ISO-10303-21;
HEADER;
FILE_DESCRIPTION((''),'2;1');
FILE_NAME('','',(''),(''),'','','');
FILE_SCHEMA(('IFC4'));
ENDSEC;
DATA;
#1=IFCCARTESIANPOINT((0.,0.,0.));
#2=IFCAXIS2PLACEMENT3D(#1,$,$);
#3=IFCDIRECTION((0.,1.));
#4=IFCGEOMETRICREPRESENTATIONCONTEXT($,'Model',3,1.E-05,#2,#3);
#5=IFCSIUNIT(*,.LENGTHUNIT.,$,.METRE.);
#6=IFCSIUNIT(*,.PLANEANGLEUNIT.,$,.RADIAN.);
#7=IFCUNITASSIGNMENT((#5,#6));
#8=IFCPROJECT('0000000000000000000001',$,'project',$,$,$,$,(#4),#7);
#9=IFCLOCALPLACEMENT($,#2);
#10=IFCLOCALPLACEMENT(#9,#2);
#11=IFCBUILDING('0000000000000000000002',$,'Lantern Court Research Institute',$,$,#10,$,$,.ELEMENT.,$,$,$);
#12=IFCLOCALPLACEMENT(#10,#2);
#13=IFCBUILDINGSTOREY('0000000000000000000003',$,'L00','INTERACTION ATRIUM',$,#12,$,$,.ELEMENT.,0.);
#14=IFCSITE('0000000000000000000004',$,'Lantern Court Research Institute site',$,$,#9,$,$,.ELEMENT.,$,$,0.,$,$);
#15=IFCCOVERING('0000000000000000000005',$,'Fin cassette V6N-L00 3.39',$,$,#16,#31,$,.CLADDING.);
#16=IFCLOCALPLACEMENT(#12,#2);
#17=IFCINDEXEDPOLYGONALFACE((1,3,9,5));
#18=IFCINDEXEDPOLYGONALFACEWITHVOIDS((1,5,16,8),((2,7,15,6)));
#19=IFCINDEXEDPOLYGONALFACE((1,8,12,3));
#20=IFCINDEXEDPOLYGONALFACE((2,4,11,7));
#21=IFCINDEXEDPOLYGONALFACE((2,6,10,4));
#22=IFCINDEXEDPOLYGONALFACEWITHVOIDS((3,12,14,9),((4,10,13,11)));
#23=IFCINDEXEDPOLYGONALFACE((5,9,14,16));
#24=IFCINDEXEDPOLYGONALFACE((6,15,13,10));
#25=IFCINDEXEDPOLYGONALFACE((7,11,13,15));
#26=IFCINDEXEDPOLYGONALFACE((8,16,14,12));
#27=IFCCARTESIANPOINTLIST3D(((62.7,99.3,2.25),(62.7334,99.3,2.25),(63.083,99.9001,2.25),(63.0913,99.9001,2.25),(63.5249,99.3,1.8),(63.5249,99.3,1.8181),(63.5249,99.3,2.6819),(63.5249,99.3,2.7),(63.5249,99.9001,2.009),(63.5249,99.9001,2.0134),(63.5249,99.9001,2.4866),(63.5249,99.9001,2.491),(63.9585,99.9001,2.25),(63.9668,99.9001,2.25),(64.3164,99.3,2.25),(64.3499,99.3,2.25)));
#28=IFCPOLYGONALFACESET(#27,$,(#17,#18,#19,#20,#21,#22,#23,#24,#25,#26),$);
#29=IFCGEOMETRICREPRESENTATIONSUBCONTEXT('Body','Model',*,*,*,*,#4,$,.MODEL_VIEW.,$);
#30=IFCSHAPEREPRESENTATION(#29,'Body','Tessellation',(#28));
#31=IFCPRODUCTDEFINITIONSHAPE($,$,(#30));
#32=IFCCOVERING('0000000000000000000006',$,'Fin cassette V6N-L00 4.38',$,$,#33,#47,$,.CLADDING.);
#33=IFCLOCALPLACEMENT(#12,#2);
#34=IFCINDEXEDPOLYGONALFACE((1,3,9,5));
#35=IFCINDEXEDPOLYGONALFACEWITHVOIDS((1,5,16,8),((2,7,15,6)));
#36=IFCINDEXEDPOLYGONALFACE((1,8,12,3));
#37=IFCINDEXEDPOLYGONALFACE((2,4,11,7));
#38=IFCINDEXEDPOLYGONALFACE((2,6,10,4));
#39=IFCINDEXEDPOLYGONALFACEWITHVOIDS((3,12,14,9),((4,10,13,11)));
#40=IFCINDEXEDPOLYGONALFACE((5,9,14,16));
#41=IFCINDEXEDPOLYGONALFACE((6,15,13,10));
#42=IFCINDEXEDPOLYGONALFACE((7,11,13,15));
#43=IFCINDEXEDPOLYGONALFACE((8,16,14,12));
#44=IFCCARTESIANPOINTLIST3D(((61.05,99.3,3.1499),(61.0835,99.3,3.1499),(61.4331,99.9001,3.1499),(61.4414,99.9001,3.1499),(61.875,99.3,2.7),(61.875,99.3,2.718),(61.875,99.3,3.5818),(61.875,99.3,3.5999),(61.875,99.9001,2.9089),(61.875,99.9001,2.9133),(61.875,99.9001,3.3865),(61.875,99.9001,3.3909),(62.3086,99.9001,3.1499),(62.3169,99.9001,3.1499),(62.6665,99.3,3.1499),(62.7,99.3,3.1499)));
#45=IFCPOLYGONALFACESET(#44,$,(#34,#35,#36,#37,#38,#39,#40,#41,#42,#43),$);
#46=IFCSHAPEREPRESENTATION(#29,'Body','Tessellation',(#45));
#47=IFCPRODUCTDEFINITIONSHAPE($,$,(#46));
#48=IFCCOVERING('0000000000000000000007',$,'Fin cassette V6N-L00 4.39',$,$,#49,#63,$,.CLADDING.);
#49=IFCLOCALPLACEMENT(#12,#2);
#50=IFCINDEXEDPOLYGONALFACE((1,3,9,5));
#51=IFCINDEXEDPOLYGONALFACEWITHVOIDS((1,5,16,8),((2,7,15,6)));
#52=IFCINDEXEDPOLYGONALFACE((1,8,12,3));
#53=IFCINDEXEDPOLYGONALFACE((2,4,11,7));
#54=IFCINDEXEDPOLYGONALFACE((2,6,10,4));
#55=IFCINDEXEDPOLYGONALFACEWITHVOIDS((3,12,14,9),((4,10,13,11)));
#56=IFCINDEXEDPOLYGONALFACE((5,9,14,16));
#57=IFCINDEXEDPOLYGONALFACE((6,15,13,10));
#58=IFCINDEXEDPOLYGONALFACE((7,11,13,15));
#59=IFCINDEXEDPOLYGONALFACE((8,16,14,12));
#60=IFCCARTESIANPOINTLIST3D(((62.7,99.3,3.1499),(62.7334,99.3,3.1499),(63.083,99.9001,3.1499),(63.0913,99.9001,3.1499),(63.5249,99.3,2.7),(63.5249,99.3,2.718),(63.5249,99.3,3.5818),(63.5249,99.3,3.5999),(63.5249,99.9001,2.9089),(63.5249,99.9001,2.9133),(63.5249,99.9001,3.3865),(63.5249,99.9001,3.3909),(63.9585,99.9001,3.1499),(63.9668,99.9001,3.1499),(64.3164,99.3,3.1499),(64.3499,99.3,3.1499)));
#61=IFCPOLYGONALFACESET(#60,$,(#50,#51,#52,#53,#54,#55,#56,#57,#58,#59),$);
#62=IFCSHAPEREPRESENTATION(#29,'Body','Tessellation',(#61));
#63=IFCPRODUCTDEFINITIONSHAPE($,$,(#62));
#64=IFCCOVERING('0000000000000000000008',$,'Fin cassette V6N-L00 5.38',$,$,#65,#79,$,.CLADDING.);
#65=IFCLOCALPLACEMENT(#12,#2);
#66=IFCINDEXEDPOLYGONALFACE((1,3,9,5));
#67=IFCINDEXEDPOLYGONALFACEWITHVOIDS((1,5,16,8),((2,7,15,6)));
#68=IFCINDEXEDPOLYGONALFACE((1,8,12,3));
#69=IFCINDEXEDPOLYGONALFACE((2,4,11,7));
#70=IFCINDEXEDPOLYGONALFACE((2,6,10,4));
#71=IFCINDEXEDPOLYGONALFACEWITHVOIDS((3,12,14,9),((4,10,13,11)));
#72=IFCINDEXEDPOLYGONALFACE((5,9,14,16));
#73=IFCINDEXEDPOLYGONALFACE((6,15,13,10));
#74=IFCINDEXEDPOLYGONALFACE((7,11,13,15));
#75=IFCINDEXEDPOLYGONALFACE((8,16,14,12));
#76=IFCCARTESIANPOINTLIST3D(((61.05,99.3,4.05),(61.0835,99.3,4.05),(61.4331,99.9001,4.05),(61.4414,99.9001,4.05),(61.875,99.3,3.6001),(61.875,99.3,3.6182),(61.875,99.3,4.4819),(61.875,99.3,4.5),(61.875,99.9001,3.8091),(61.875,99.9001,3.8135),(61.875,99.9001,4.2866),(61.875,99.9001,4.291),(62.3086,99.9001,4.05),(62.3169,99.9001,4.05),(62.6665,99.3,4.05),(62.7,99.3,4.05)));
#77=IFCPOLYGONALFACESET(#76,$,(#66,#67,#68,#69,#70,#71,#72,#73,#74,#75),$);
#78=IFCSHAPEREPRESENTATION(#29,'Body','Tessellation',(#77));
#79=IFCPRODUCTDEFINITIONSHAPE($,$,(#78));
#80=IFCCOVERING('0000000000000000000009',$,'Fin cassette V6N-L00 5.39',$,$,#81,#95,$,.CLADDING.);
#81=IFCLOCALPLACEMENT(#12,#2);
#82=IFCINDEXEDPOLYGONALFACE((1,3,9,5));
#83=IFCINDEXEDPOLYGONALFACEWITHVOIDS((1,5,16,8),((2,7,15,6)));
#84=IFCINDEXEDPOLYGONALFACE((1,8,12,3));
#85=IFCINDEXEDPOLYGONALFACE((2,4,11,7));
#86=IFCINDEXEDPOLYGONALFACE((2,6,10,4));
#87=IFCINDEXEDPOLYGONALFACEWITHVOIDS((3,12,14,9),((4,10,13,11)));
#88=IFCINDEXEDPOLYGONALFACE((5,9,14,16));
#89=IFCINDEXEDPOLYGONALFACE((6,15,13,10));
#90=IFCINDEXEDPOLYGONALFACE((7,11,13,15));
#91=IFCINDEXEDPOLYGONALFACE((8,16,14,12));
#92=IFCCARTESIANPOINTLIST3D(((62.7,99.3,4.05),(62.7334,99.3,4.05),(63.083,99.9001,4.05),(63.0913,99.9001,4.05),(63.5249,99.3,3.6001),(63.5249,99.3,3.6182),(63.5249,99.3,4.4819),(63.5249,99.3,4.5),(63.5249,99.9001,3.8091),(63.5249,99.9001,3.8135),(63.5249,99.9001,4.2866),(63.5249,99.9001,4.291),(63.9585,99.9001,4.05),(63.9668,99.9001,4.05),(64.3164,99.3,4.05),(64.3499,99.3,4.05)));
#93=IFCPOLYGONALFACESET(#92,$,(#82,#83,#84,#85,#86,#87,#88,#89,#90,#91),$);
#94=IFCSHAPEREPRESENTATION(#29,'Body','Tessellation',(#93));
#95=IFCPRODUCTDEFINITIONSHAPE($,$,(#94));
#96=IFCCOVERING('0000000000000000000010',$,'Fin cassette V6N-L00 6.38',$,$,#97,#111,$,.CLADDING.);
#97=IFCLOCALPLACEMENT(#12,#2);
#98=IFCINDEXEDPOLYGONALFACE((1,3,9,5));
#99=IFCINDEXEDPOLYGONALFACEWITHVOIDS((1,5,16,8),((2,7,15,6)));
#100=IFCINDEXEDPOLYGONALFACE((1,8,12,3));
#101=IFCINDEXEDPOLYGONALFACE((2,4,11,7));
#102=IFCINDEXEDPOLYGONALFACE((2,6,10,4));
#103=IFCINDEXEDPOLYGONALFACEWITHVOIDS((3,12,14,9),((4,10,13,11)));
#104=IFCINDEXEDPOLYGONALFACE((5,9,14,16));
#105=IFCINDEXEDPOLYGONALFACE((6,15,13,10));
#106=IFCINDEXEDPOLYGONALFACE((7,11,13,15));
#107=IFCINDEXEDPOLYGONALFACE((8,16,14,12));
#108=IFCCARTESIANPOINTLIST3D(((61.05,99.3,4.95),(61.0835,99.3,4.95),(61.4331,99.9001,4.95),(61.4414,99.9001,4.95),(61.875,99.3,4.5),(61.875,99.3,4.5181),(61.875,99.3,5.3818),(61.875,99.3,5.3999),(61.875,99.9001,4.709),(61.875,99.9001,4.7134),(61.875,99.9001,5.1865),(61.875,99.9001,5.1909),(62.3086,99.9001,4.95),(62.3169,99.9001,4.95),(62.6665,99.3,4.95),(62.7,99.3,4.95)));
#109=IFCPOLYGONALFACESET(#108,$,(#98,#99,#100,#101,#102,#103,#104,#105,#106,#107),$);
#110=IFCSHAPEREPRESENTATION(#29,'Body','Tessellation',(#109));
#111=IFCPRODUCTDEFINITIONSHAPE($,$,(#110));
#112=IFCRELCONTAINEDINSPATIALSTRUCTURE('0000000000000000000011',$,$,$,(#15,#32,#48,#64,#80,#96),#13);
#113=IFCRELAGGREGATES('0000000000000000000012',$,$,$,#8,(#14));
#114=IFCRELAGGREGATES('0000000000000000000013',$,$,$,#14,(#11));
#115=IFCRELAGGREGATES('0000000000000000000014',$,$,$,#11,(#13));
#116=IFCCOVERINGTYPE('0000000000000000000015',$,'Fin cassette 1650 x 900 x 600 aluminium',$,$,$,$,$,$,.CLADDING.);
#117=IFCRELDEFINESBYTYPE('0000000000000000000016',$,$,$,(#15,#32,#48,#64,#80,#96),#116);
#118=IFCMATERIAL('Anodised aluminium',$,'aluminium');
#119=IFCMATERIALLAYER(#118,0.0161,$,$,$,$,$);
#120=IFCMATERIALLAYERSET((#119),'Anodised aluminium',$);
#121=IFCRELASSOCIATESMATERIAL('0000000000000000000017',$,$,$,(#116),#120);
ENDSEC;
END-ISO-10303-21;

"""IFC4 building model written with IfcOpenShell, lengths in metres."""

from ifc_helpers import new_model, entity, si_unit, direction, frame, origin, place, context, subcontext, project, spatial, material, layer, layer_set, type_object, element, save


model = new_model("IFC4")

# Units and contexts
model_context = context("Model", 3, precision=1e-05, world=origin(), true_north=direction((0.0, 1.0)))
body_context = subcontext(model_context, "Body", "Model", "MODEL_VIEW")
ifc_project = project(units=[si_unit("LENGTHUNIT", "METRE"), si_unit("PLANEANGLEUNIT", "RADIAN")], contexts=[model_context])

# Site, building, storey
site_placement = place(None, origin())
site = spatial("IfcSite", under=ifc_project, at=site_placement, Name="Lantern Court Research Institute site", CompositionType="ELEMENT", RefElevation=0.0)
building_placement = place(site_placement, origin())
building = spatial("IfcBuilding", under=site, at=building_placement, Name="Lantern Court Research Institute", CompositionType="ELEMENT")
storey_placement = place(building_placement, origin())
storey = spatial("IfcBuildingStorey", under=building, at=storey_placement, Name="L00", Description="INTERACTION ATRIUM", CompositionType="ELEMENT", Elevation=0.0)

# Coverings
ifc_material_1 = material(Name="Anodised aluminium", Category="aluminium")
ifc_layer_1 = layer(ifc_material_1, 0.0161)
ifc_layer_set_1 = layer_set([ifc_layer_1], Name="Anodised aluminium")
covering_type_1 = type_object("IfcCoveringType", Name="Fin cassette 1650 x 900 x 600 aluminium", PredefinedType="CLADDING", material=ifc_layer_set_1)
covering_1_placement = place(storey_placement, frame((63.5249, 99.3, 2.25), z_axis=(0.0, 1.0, 0.0), x_axis=(-1.0, 0.0, 0.0)))
cartesian_point_1 = entity("IfcCartesianPoint", [0.825, 0.0])
cartesian_point_2 = entity("IfcCartesianPoint", [0.7915, 0.0])
cartesian_point_3 = entity("IfcCartesianPoint", [0.4419, 0.0])
cartesian_point_4 = entity("IfcCartesianPoint", [0.4336, 0.0])
element("IfcCovering", 1, at=covering_1_placement, inside=storey, type_object=covering_type_1, Name="Fin cassette V6N-L00 3.39", PredefinedType="CLADDING", context=body_context, shape_type="SweptSolid", body=[
    entity("IfcExtrudedAreaSolidTapered", entity("IfcArbitraryProfileDefWithVoids", "AREA", None, entity("IfcPolyline", [cartesian_point_1, entity("IfcCartesianPoint", [0.0, 0.45]), entity("IfcCartesianPoint", [-0.825, 0.0]), entity("IfcCartesianPoint", [0.0, -0.45]), cartesian_point_1]), [entity("IfcPolyline", [cartesian_point_2, entity("IfcCartesianPoint", [0.0, 0.4319]), entity("IfcCartesianPoint", [-0.7915, 0.0]), entity("IfcCartesianPoint", [0.0, -0.4319]), cartesian_point_2])]), entity("IfcAxis2Placement3D", entity("IfcCartesianPoint", [0.0, 0.0, 0.0])), entity("IfcDirection", [0.0, 0.0, 1.0]), 0.6001, entity("IfcArbitraryProfileDefWithVoids", "AREA", None, entity("IfcPolyline", [cartesian_point_3, entity("IfcCartesianPoint", [0.0, 0.241]), entity("IfcCartesianPoint", [-0.4419, 0.0]), entity("IfcCartesianPoint", [0.0, -0.241]), cartesian_point_3]), [entity("IfcPolyline", [cartesian_point_4, entity("IfcCartesianPoint", [0.0, 0.2366]), entity("IfcCartesianPoint", [-0.4336, 0.0]), entity("IfcCartesianPoint", [0.0, -0.2366]), cartesian_point_4])])),
])
covering_2_placement = place(storey_placement, frame((61.875, 99.3, 3.1499), z_axis=(0.0, 1.0, 0.0), x_axis=(-1.0, 0.0, 0.0)))
cartesian_point_5 = entity("IfcCartesianPoint", [0.825, 0.0])
cartesian_point_6 = entity("IfcCartesianPoint", [0.7915, 0.0])
cartesian_point_7 = entity("IfcCartesianPoint", [0.4419, 0.0])
cartesian_point_8 = entity("IfcCartesianPoint", [0.4336, 0.0])
element("IfcCovering", 2, at=covering_2_placement, inside=storey, type_object=covering_type_1, Name="Fin cassette V6N-L00 4.38", PredefinedType="CLADDING", context=body_context, shape_type="SweptSolid", body=[
    entity("IfcExtrudedAreaSolidTapered", entity("IfcArbitraryProfileDefWithVoids", "AREA", None, entity("IfcPolyline", [cartesian_point_5, entity("IfcCartesianPoint", [0.0, 0.45]), entity("IfcCartesianPoint", [-0.825, 0.0]), entity("IfcCartesianPoint", [0.0, -0.45]), cartesian_point_5]), [entity("IfcPolyline", [cartesian_point_6, entity("IfcCartesianPoint", [0.0, 0.4319]), entity("IfcCartesianPoint", [-0.7915, 0.0]), entity("IfcCartesianPoint", [0.0, -0.4319]), cartesian_point_6])]), entity("IfcAxis2Placement3D", entity("IfcCartesianPoint", [0.0, 0.0, 0.0])), entity("IfcDirection", [0.0, 0.0, 1.0]), 0.6001, entity("IfcArbitraryProfileDefWithVoids", "AREA", None, entity("IfcPolyline", [cartesian_point_7, entity("IfcCartesianPoint", [0.0, 0.241]), entity("IfcCartesianPoint", [-0.4419, 0.0]), entity("IfcCartesianPoint", [0.0, -0.241]), cartesian_point_7]), [entity("IfcPolyline", [cartesian_point_8, entity("IfcCartesianPoint", [0.0, 0.2366]), entity("IfcCartesianPoint", [-0.4336, 0.0]), entity("IfcCartesianPoint", [0.0, -0.2366]), cartesian_point_8])])),
])
covering_3_placement = place(storey_placement, frame((63.5249, 99.3, 3.1499), z_axis=(0.0, 1.0, 0.0), x_axis=(-1.0, 0.0, 0.0)))
cartesian_point_9 = entity("IfcCartesianPoint", [0.825, 0.0])
cartesian_point_10 = entity("IfcCartesianPoint", [0.7915, 0.0])
cartesian_point_11 = entity("IfcCartesianPoint", [0.4419, 0.0])
cartesian_point_12 = entity("IfcCartesianPoint", [0.4336, 0.0])
element("IfcCovering", 3, at=covering_3_placement, inside=storey, type_object=covering_type_1, Name="Fin cassette V6N-L00 4.39", PredefinedType="CLADDING", context=body_context, shape_type="SweptSolid", body=[
    entity("IfcExtrudedAreaSolidTapered", entity("IfcArbitraryProfileDefWithVoids", "AREA", None, entity("IfcPolyline", [cartesian_point_9, entity("IfcCartesianPoint", [0.0, 0.45]), entity("IfcCartesianPoint", [-0.825, 0.0]), entity("IfcCartesianPoint", [0.0, -0.45]), cartesian_point_9]), [entity("IfcPolyline", [cartesian_point_10, entity("IfcCartesianPoint", [0.0, 0.4319]), entity("IfcCartesianPoint", [-0.7915, 0.0]), entity("IfcCartesianPoint", [0.0, -0.4319]), cartesian_point_10])]), entity("IfcAxis2Placement3D", entity("IfcCartesianPoint", [0.0, 0.0, 0.0])), entity("IfcDirection", [0.0, 0.0, 1.0]), 0.6001, entity("IfcArbitraryProfileDefWithVoids", "AREA", None, entity("IfcPolyline", [cartesian_point_11, entity("IfcCartesianPoint", [0.0, 0.241]), entity("IfcCartesianPoint", [-0.4419, 0.0]), entity("IfcCartesianPoint", [0.0, -0.241]), cartesian_point_11]), [entity("IfcPolyline", [cartesian_point_12, entity("IfcCartesianPoint", [0.0, 0.2366]), entity("IfcCartesianPoint", [-0.4336, 0.0]), entity("IfcCartesianPoint", [0.0, -0.2366]), cartesian_point_12])])),
])
covering_4_placement = place(storey_placement, frame((61.875, 99.3, 4.05), z_axis=(0.0, 1.0, 0.0), x_axis=(-1.0, 0.0, 0.0)))
cartesian_point_13 = entity("IfcCartesianPoint", [0.825, 0.0])
cartesian_point_14 = entity("IfcCartesianPoint", [0.7915, 0.0])
cartesian_point_15 = entity("IfcCartesianPoint", [0.4419, 0.0])
cartesian_point_16 = entity("IfcCartesianPoint", [0.4336, 0.0])
element("IfcCovering", 4, at=covering_4_placement, inside=storey, type_object=covering_type_1, Name="Fin cassette V6N-L00 5.38", PredefinedType="CLADDING", context=body_context, shape_type="SweptSolid", body=[
    entity("IfcExtrudedAreaSolidTapered", entity("IfcArbitraryProfileDefWithVoids", "AREA", None, entity("IfcPolyline", [cartesian_point_13, entity("IfcCartesianPoint", [0.0, 0.45]), entity("IfcCartesianPoint", [-0.825, 0.0]), entity("IfcCartesianPoint", [0.0, -0.45]), cartesian_point_13]), [entity("IfcPolyline", [cartesian_point_14, entity("IfcCartesianPoint", [0.0, 0.4319]), entity("IfcCartesianPoint", [-0.7915, 0.0]), entity("IfcCartesianPoint", [0.0, -0.4319]), cartesian_point_14])]), entity("IfcAxis2Placement3D", entity("IfcCartesianPoint", [0.0, 0.0, 0.0])), entity("IfcDirection", [0.0, 0.0, 1.0]), 0.6001, entity("IfcArbitraryProfileDefWithVoids", "AREA", None, entity("IfcPolyline", [cartesian_point_15, entity("IfcCartesianPoint", [0.0, 0.241]), entity("IfcCartesianPoint", [-0.4419, 0.0]), entity("IfcCartesianPoint", [0.0, -0.241]), cartesian_point_15]), [entity("IfcPolyline", [cartesian_point_16, entity("IfcCartesianPoint", [0.0, 0.2366]), entity("IfcCartesianPoint", [-0.4336, 0.0]), entity("IfcCartesianPoint", [0.0, -0.2366]), cartesian_point_16])])),
])
covering_5_placement = place(storey_placement, frame((63.5249, 99.3, 4.05), z_axis=(0.0, 1.0, 0.0), x_axis=(-1.0, 0.0, 0.0)))
cartesian_point_17 = entity("IfcCartesianPoint", [0.825, 0.0])
cartesian_point_18 = entity("IfcCartesianPoint", [0.7915, 0.0])
cartesian_point_19 = entity("IfcCartesianPoint", [0.4419, 0.0])
cartesian_point_20 = entity("IfcCartesianPoint", [0.4336, 0.0])
element("IfcCovering", 5, at=covering_5_placement, inside=storey, type_object=covering_type_1, Name="Fin cassette V6N-L00 5.39", PredefinedType="CLADDING", context=body_context, shape_type="SweptSolid", body=[
    entity("IfcExtrudedAreaSolidTapered", entity("IfcArbitraryProfileDefWithVoids", "AREA", None, entity("IfcPolyline", [cartesian_point_17, entity("IfcCartesianPoint", [0.0, 0.45]), entity("IfcCartesianPoint", [-0.825, 0.0]), entity("IfcCartesianPoint", [0.0, -0.45]), cartesian_point_17]), [entity("IfcPolyline", [cartesian_point_18, entity("IfcCartesianPoint", [0.0, 0.4319]), entity("IfcCartesianPoint", [-0.7915, 0.0]), entity("IfcCartesianPoint", [0.0, -0.4319]), cartesian_point_18])]), entity("IfcAxis2Placement3D", entity("IfcCartesianPoint", [0.0, 0.0, 0.0])), entity("IfcDirection", [0.0, 0.0, 1.0]), 0.6001, entity("IfcArbitraryProfileDefWithVoids", "AREA", None, entity("IfcPolyline", [cartesian_point_19, entity("IfcCartesianPoint", [0.0, 0.241]), entity("IfcCartesianPoint", [-0.4419, 0.0]), entity("IfcCartesianPoint", [0.0, -0.241]), cartesian_point_19]), [entity("IfcPolyline", [cartesian_point_20, entity("IfcCartesianPoint", [0.0, 0.2366]), entity("IfcCartesianPoint", [-0.4336, 0.0]), entity("IfcCartesianPoint", [0.0, -0.2366]), cartesian_point_20])])),
])
covering_6_placement = place(storey_placement, frame((61.875, 99.3, 4.95), z_axis=(0.0, 1.0, 0.0), x_axis=(-1.0, 0.0, 0.0)))
cartesian_point_21 = entity("IfcCartesianPoint", [0.825, 0.0])
cartesian_point_22 = entity("IfcCartesianPoint", [0.7915, 0.0])
cartesian_point_23 = entity("IfcCartesianPoint", [0.4419, 0.0])
cartesian_point_24 = entity("IfcCartesianPoint", [0.4336, 0.0])
element("IfcCovering", 6, at=covering_6_placement, inside=storey, type_object=covering_type_1, Name="Fin cassette V6N-L00 6.38", PredefinedType="CLADDING", context=body_context, shape_type="SweptSolid", body=[
    entity("IfcExtrudedAreaSolidTapered", entity("IfcArbitraryProfileDefWithVoids", "AREA", None, entity("IfcPolyline", [cartesian_point_21, entity("IfcCartesianPoint", [0.0, 0.45]), entity("IfcCartesianPoint", [-0.825, 0.0]), entity("IfcCartesianPoint", [0.0, -0.45]), cartesian_point_21]), [entity("IfcPolyline", [cartesian_point_22, entity("IfcCartesianPoint", [0.0, 0.4319]), entity("IfcCartesianPoint", [-0.7915, 0.0]), entity("IfcCartesianPoint", [0.0, -0.4319]), cartesian_point_22])]), entity("IfcAxis2Placement3D", entity("IfcCartesianPoint", [0.0, 0.0, 0.0])), entity("IfcDirection", [0.0, 0.0, 1.0]), 0.6001, entity("IfcArbitraryProfileDefWithVoids", "AREA", None, entity("IfcPolyline", [cartesian_point_23, entity("IfcCartesianPoint", [0.0, 0.241]), entity("IfcCartesianPoint", [-0.4419, 0.0]), entity("IfcCartesianPoint", [0.0, -0.241]), cartesian_point_23]), [entity("IfcPolyline", [cartesian_point_24, entity("IfcCartesianPoint", [0.0, 0.2366]), entity("IfcCartesianPoint", [-0.4336, 0.0]), entity("IfcCartesianPoint", [0.0, -0.2366]), cartesian_point_24])])),
])

save(model, "model.ifc")
